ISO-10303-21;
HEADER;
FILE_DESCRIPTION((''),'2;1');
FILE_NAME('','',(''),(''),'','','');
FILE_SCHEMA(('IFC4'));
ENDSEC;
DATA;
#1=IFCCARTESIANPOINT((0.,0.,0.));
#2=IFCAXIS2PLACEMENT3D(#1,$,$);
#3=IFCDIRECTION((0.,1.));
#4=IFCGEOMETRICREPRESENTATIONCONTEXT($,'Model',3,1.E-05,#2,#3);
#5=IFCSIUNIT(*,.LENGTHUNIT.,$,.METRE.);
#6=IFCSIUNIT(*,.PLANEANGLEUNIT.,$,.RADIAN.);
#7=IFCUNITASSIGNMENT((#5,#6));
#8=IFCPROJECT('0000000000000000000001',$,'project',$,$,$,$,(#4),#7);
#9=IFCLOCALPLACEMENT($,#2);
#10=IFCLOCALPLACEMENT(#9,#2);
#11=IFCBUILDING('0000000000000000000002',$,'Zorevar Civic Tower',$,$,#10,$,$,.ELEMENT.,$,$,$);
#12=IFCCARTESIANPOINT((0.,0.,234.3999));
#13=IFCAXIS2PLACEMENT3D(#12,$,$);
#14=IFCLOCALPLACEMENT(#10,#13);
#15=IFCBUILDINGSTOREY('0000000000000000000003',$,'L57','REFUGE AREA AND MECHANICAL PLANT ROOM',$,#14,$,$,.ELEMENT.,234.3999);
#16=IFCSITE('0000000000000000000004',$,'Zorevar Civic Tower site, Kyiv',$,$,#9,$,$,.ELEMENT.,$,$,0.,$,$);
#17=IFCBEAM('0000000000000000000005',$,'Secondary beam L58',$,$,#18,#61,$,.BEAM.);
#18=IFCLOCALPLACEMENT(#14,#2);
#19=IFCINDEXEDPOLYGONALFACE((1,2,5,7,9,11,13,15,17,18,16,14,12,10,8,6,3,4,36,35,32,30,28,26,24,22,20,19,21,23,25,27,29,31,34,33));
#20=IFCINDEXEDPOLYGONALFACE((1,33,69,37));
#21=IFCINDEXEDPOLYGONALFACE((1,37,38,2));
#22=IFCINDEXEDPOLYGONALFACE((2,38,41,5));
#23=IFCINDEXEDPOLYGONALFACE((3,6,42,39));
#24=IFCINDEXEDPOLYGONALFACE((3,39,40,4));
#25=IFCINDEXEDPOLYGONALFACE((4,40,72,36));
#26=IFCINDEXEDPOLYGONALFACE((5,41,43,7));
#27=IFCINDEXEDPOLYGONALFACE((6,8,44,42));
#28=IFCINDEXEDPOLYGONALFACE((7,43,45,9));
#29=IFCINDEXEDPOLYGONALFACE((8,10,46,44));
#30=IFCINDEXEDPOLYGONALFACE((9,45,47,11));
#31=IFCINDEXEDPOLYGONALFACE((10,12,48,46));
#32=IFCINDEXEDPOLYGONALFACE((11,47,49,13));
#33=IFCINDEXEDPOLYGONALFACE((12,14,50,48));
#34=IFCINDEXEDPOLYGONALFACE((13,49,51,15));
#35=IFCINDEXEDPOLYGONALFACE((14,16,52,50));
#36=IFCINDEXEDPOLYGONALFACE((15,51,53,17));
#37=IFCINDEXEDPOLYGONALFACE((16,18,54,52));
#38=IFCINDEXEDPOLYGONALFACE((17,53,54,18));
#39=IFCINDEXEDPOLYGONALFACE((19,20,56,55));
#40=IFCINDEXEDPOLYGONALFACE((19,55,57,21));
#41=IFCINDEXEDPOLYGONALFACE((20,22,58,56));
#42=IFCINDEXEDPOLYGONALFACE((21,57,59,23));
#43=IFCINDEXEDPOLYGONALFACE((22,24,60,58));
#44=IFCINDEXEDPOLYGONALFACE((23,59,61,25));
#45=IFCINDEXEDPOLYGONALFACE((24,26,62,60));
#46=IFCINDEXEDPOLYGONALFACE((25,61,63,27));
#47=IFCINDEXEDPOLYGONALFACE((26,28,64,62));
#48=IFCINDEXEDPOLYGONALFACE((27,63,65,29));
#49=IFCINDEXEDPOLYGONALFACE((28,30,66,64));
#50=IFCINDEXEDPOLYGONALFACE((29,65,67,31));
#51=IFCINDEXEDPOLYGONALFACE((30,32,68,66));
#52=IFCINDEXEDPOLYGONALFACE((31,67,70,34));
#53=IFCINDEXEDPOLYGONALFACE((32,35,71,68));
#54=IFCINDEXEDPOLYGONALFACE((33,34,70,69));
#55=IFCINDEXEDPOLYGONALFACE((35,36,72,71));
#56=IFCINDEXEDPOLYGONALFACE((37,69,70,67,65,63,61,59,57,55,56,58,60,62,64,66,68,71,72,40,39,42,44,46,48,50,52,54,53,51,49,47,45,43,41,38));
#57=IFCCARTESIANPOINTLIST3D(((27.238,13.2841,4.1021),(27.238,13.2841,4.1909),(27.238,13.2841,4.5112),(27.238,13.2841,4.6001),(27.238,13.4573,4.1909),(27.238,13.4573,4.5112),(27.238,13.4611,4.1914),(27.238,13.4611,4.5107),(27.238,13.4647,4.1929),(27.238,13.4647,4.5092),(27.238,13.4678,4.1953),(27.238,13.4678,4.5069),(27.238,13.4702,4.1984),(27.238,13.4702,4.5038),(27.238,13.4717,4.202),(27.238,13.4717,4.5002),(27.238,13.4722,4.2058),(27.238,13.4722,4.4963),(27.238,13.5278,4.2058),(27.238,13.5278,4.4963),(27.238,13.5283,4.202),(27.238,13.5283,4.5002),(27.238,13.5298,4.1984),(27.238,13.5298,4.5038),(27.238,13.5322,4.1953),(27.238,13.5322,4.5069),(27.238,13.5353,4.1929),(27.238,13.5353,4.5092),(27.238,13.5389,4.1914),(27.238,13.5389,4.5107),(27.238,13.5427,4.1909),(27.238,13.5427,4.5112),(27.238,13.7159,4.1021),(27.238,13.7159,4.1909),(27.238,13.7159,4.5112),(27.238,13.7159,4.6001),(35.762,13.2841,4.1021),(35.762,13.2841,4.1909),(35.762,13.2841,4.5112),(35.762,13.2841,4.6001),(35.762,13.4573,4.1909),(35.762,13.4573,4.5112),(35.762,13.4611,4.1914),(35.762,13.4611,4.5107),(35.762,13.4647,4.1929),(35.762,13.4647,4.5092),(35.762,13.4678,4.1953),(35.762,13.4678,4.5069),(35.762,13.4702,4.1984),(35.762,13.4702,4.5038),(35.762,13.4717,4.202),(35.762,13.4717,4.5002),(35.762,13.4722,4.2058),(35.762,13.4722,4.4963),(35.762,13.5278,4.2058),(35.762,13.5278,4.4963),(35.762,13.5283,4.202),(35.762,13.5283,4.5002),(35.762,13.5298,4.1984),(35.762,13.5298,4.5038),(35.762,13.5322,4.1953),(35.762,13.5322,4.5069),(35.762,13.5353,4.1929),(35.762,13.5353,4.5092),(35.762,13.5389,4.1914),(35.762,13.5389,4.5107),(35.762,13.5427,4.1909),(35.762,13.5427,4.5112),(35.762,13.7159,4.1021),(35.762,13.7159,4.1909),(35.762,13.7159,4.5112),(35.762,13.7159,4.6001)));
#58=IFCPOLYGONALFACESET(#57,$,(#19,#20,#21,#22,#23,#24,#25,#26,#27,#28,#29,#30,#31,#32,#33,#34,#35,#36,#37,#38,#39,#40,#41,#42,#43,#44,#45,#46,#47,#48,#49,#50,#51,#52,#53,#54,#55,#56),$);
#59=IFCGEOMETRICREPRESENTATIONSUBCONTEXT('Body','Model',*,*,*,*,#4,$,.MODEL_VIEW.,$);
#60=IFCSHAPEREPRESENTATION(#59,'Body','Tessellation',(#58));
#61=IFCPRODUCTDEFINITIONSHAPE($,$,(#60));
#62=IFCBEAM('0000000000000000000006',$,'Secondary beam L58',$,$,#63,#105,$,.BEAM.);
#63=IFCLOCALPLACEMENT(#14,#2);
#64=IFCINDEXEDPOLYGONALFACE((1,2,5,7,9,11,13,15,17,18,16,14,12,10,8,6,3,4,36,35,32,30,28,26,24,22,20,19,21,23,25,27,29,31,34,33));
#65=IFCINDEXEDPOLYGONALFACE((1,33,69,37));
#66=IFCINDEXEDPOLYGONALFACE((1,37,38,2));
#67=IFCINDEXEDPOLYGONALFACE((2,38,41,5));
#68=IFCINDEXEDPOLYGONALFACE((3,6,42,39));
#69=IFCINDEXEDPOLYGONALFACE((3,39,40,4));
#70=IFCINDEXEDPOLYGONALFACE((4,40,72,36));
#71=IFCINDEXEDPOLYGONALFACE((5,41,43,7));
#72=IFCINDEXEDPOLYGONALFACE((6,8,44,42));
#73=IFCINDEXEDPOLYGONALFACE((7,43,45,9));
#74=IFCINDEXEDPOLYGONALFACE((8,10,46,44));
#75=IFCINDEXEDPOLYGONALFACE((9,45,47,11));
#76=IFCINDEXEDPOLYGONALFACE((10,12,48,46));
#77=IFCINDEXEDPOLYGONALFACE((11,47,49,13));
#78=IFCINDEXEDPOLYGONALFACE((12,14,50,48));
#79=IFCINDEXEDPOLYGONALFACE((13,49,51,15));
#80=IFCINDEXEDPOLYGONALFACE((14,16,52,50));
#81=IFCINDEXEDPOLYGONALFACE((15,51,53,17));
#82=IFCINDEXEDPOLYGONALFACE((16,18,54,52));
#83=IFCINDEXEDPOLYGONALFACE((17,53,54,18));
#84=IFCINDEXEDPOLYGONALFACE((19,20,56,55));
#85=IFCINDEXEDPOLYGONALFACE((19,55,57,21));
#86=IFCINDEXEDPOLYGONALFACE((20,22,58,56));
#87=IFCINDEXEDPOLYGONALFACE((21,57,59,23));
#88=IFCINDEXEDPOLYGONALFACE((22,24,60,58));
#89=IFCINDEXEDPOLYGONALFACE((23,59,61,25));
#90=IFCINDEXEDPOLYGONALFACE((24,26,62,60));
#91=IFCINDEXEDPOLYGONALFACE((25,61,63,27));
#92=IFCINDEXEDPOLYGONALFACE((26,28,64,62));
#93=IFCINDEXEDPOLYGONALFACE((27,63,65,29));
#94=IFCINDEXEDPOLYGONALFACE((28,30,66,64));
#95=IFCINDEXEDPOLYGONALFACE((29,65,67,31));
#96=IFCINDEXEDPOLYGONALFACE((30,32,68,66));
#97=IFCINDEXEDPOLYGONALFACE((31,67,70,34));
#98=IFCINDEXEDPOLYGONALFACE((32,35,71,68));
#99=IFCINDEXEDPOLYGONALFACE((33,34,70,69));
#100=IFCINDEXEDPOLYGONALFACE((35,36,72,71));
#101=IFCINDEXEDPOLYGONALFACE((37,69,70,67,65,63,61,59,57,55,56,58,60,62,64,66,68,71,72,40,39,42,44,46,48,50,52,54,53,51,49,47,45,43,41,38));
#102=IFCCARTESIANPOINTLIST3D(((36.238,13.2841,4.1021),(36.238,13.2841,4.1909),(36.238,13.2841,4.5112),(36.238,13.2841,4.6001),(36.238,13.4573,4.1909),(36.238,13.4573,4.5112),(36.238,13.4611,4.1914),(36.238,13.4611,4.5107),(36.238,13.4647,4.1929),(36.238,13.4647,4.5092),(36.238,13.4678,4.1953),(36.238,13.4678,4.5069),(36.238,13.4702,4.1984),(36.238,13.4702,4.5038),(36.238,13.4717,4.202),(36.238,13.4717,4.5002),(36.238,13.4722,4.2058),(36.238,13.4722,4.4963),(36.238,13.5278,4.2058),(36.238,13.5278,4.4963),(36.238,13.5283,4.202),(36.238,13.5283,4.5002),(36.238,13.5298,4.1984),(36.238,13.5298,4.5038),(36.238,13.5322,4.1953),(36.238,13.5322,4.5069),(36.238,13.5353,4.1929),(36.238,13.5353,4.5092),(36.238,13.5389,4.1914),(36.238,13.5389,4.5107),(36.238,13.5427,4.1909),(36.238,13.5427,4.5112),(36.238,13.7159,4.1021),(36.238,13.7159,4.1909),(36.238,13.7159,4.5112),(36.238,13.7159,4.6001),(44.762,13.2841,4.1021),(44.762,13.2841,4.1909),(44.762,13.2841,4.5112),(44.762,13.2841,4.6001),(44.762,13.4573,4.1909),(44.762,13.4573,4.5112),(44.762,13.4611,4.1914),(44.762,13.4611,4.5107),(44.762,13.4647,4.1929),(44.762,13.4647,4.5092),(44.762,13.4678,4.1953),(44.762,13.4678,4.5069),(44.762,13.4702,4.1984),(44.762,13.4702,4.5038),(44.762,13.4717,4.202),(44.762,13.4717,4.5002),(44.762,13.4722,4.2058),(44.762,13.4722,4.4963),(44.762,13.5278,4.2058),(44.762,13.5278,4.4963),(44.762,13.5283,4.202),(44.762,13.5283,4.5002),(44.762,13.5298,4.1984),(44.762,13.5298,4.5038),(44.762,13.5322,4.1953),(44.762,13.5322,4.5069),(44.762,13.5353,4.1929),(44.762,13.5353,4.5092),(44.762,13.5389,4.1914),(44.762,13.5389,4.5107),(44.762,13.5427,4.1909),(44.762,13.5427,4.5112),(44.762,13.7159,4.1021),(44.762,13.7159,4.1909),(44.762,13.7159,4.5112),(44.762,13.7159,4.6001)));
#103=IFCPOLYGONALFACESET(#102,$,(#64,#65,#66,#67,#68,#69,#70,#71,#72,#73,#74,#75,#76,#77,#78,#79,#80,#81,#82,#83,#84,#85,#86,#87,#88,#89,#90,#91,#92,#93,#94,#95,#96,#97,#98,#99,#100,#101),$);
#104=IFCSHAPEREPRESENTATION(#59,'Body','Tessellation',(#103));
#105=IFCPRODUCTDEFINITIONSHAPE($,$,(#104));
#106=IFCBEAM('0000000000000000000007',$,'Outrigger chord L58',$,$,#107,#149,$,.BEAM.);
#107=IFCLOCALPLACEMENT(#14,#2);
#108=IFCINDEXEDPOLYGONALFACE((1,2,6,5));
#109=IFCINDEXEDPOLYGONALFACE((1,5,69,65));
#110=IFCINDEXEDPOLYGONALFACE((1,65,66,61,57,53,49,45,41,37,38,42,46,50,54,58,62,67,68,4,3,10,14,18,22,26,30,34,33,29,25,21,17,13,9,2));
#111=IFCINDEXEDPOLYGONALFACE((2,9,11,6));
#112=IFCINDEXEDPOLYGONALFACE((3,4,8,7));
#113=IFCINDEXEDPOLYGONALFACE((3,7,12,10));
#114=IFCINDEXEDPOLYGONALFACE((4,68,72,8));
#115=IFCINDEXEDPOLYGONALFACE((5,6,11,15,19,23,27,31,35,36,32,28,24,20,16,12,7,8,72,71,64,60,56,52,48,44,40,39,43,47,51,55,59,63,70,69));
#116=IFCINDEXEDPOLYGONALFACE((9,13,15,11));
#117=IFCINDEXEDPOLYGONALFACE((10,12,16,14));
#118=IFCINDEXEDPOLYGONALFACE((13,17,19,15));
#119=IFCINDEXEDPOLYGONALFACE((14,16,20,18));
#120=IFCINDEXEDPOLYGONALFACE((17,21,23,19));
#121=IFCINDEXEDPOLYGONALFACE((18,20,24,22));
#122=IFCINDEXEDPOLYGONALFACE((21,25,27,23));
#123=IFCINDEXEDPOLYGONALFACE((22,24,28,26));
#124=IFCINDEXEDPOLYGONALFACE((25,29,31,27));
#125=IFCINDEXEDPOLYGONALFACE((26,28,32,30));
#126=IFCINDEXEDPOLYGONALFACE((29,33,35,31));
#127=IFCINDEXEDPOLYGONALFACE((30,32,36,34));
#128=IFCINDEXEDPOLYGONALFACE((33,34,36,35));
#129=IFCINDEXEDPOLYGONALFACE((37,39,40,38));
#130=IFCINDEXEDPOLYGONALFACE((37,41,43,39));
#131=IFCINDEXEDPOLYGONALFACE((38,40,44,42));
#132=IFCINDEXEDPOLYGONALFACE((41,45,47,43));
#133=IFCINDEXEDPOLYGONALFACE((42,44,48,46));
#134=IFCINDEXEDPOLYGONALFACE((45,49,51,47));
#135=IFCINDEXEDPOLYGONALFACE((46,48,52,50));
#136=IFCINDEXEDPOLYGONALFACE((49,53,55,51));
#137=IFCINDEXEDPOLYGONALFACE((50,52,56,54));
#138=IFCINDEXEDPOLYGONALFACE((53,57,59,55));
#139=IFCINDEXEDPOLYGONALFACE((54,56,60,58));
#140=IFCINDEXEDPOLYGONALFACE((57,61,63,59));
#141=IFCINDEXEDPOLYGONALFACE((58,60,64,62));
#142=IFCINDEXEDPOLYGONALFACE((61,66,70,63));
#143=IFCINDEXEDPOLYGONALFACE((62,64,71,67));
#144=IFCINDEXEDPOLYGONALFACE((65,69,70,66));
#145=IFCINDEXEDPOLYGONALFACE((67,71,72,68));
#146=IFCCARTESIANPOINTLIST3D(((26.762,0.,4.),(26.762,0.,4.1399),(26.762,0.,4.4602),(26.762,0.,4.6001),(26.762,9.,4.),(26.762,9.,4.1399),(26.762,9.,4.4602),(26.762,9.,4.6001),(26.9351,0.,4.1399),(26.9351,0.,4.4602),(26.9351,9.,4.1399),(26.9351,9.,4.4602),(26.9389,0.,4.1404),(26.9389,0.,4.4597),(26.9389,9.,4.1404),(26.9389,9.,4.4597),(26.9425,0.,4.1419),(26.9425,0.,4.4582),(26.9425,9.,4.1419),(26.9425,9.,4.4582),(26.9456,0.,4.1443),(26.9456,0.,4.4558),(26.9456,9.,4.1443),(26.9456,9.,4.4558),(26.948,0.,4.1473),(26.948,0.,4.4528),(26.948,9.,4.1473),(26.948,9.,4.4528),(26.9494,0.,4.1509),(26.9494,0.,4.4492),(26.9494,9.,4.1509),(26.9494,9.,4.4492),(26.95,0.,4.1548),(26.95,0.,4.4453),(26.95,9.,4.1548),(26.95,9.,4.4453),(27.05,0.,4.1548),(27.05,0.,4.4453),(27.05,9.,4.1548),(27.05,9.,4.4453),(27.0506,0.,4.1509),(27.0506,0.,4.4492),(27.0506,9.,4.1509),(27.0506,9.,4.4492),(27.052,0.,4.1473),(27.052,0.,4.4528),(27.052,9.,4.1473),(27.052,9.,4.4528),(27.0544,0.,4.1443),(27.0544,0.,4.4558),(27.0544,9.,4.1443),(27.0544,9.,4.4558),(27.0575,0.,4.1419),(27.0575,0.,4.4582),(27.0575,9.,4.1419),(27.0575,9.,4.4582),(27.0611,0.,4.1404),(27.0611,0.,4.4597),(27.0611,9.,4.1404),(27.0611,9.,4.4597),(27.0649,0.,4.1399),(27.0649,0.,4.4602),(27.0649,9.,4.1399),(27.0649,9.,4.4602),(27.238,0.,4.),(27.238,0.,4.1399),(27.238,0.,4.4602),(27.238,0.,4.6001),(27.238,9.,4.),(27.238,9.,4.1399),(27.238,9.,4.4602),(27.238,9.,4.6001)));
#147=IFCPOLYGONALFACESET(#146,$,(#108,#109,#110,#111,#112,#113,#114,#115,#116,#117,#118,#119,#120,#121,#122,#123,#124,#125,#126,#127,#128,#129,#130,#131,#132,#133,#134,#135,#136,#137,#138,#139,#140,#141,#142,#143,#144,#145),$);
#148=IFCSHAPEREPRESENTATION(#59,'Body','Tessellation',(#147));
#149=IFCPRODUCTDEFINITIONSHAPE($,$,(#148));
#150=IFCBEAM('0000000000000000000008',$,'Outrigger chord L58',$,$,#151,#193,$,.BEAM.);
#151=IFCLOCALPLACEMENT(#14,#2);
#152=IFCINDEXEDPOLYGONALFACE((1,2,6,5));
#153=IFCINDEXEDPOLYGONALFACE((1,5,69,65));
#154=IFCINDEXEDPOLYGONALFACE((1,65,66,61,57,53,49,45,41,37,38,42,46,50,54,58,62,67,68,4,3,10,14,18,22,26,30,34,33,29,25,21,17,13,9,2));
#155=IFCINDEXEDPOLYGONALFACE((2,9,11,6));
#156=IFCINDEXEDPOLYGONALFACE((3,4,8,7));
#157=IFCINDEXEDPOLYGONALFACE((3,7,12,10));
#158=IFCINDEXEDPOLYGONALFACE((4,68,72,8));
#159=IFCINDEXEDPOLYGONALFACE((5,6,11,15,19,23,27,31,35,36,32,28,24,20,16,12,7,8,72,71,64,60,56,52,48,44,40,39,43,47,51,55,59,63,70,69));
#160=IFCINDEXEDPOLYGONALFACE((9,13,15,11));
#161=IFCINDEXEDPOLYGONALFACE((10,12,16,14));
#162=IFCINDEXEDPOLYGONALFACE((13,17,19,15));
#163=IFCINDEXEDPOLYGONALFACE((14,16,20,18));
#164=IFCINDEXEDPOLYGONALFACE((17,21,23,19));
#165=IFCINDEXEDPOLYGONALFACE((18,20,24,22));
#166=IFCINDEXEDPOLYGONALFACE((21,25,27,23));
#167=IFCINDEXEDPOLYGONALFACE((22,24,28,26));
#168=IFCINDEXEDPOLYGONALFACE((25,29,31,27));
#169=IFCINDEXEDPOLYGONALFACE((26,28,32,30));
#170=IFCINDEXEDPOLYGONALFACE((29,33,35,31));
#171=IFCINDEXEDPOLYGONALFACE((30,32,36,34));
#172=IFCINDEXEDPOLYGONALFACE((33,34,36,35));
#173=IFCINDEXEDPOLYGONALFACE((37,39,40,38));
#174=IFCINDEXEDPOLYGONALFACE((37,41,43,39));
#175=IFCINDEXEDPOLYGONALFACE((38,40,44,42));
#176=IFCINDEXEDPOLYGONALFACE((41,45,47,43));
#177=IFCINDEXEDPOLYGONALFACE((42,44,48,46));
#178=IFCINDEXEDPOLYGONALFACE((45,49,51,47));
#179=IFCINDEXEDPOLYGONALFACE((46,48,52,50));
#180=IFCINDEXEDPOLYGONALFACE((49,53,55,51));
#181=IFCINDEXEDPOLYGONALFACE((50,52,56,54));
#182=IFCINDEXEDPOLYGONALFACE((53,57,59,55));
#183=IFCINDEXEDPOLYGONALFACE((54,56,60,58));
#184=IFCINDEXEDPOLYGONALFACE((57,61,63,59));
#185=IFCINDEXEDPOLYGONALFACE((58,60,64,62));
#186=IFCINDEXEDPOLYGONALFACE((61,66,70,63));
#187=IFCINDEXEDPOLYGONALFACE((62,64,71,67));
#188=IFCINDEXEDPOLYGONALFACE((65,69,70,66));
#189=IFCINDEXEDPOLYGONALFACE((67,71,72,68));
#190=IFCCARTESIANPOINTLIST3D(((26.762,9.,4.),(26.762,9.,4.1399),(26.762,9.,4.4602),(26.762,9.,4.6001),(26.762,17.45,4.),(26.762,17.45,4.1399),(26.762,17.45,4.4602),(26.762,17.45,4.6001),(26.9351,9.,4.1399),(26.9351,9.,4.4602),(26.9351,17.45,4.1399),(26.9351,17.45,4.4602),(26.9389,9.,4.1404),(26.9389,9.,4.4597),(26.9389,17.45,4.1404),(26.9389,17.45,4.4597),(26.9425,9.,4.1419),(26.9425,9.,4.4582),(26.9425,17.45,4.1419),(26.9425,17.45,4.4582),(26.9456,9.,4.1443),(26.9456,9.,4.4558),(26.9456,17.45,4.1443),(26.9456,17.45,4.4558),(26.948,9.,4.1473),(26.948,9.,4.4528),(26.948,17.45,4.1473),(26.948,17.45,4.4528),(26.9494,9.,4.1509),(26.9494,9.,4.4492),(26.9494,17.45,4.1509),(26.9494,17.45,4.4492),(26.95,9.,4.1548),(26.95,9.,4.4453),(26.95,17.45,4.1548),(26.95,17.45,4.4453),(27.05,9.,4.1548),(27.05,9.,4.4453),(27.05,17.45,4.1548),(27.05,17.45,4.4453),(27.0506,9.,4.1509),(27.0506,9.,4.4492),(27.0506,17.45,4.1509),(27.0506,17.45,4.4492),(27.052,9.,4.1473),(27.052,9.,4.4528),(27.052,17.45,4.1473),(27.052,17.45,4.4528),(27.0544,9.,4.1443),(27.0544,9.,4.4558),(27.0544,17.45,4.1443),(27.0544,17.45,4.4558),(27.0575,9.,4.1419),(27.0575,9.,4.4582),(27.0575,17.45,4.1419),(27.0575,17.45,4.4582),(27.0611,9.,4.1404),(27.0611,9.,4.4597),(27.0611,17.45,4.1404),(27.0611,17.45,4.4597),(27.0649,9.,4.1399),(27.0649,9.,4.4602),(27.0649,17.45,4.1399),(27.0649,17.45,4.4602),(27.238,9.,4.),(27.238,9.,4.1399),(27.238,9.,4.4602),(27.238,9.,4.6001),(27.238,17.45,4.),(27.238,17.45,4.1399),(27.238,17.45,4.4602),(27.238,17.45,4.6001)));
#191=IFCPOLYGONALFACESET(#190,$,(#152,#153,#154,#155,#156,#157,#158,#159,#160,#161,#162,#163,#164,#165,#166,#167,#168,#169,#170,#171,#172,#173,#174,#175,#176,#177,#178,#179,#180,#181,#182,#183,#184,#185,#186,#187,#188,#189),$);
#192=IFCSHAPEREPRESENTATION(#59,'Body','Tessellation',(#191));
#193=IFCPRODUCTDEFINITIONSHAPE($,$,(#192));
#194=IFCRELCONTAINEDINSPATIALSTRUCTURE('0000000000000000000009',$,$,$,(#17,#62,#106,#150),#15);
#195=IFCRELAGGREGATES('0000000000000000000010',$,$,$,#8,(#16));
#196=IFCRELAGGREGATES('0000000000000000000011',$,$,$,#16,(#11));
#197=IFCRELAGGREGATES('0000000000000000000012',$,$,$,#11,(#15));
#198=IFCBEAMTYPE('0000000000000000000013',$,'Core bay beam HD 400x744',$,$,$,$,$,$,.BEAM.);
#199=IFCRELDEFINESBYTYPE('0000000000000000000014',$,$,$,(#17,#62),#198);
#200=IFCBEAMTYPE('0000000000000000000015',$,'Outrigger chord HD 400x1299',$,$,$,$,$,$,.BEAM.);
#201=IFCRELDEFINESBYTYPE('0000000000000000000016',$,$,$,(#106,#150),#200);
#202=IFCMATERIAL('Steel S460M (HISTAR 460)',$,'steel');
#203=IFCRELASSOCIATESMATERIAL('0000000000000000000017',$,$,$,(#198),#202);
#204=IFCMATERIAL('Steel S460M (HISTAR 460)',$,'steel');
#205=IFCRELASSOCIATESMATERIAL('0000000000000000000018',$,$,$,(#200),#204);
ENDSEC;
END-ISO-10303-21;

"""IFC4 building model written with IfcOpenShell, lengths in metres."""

from ifc_helpers import new_model, si_unit, direction, frame, origin, origin_2d, place, context, subcontext, project, spatial, i_section, extrude, material, material_profile, profile_set, type_object, element, save


model = new_model("IFC4")

# Units and contexts
model_context = context("Model", 3, precision=1e-05, world=origin(), true_north=direction((0.0, 1.0)))
body_context = subcontext(model_context, "Body", "Model", "MODEL_VIEW")
ifc_project = project(units=[si_unit("LENGTHUNIT", "METRE"), si_unit("PLANEANGLEUNIT", "RADIAN")], contexts=[model_context])

# Site, building, storey
site_placement = place(None, origin())
site = spatial("IfcSite", under=ifc_project, at=site_placement, Name="Zorevar Civic Tower site, Kyiv", CompositionType="ELEMENT", RefElevation=0.0)
building_placement = place(site_placement, origin())
building = spatial("IfcBuilding", under=site, at=building_placement, Name="Zorevar Civic Tower", CompositionType="ELEMENT")
storey_placement = place(building_placement, frame((0.0, 0.0, 234.3999)))
storey = spatial("IfcBuildingStorey", under=building, at=storey_placement, Name="L57", Description="REFUGE AREA AND MECHANICAL PLANT ROOM", CompositionType="ELEMENT", Elevation=234.3999)

# Beams
ifc_material_1 = material(Name="Steel S460M (HISTAR 460)", Category="steel")
ifc_material_profile_1 = material_profile(ifc_material_1, i_section(OverallWidth=0.4319, OverallDepth=0.498, WebThickness=0.0557, FlangeThickness=0.0889, FilletRadius=0.0149, at=origin_2d()), Name="HD 400x744")
ifc_profile_set_1 = profile_set([ifc_material_profile_1], Name="Steel S460M (HISTAR 460)")
beam_type_1 = type_object("IfcBeamType", Name="Core bay beam HD 400x744", PredefinedType="BEAM", material=ifc_profile_set_1)
for number, where, z_axis, x_axis, name in (
    (1, (27.238, 13.5, 4.3511), (1.0, 0.0, 0.0), (0.0, 1.0, 0.0), "Secondary beam L58"),
    (2, (36.238, 13.5, 4.3511), (1.0, 0.0, 0.0), (0.0, 1.0, 0.0), "Secondary beam L58"),
):
    element("IfcBeam", number, at=place(storey_placement, frame(where, z_axis=z_axis, x_axis=x_axis)), inside=storey, type_object=beam_type_1, Name=name, PredefinedType="BEAM", context=body_context, shape_type="SweptSolid", body=[
        extrude(i_section(OverallWidth=0.4319, OverallDepth=0.498, WebThickness=0.0557, FlangeThickness=0.0889, FilletRadius=0.0149, at=origin_2d()), origin(), (0.0, 0.0, 1.0), 8.5239),
    ])
ifc_material_2 = material(Name="Steel S460M (HISTAR 460)", Category="steel")
ifc_material_profile_2 = material_profile(ifc_material_2, i_section(OverallWidth=0.4761, OverallDepth=0.6001, WebThickness=0.1001, FlangeThickness=0.1399, FilletRadius=0.0149, at=origin_2d()), Name="HD 400x1299")
ifc_profile_set_2 = profile_set([ifc_material_profile_2], Name="Steel S460M (HISTAR 460)")
beam_type_2 = type_object("IfcBeamType", Name="Outrigger chord HD 400x1299", PredefinedType="BEAM", material=ifc_profile_set_2)
beam_1_placement = place(storey_placement, frame((27.0, 0.0, 4.3), z_axis=(0.0, 1.0, 0.0), x_axis=(-1.0, 0.0, 0.0)))
element("IfcBeam", 3, at=beam_1_placement, inside=storey, type_object=beam_type_2, Name="Outrigger chord L58", PredefinedType="BEAM", context=body_context, shape_type="SweptSolid", body=[
    extrude(i_section(OverallWidth=0.4761, OverallDepth=0.6001, WebThickness=0.1001, FlangeThickness=0.1399, FilletRadius=0.0149, at=origin_2d()), origin(), (0.0, 0.0, 1.0), 9.0),
])
beam_2_placement = place(storey_placement, frame((27.0, 9.0, 4.3), z_axis=(0.0, 1.0, 0.0), x_axis=(-1.0, 0.0, 0.0)))
element("IfcBeam", 4, at=beam_2_placement, inside=storey, type_object=beam_type_2, Name="Outrigger chord L58", PredefinedType="BEAM", context=body_context, shape_type="SweptSolid", body=[
    extrude(i_section(OverallWidth=0.4761, OverallDepth=0.6001, WebThickness=0.1001, FlangeThickness=0.1399, FilletRadius=0.0149, at=origin_2d()), origin(), (0.0, 0.0, 1.0), 8.45),
])

save(model, "model.ifc")
